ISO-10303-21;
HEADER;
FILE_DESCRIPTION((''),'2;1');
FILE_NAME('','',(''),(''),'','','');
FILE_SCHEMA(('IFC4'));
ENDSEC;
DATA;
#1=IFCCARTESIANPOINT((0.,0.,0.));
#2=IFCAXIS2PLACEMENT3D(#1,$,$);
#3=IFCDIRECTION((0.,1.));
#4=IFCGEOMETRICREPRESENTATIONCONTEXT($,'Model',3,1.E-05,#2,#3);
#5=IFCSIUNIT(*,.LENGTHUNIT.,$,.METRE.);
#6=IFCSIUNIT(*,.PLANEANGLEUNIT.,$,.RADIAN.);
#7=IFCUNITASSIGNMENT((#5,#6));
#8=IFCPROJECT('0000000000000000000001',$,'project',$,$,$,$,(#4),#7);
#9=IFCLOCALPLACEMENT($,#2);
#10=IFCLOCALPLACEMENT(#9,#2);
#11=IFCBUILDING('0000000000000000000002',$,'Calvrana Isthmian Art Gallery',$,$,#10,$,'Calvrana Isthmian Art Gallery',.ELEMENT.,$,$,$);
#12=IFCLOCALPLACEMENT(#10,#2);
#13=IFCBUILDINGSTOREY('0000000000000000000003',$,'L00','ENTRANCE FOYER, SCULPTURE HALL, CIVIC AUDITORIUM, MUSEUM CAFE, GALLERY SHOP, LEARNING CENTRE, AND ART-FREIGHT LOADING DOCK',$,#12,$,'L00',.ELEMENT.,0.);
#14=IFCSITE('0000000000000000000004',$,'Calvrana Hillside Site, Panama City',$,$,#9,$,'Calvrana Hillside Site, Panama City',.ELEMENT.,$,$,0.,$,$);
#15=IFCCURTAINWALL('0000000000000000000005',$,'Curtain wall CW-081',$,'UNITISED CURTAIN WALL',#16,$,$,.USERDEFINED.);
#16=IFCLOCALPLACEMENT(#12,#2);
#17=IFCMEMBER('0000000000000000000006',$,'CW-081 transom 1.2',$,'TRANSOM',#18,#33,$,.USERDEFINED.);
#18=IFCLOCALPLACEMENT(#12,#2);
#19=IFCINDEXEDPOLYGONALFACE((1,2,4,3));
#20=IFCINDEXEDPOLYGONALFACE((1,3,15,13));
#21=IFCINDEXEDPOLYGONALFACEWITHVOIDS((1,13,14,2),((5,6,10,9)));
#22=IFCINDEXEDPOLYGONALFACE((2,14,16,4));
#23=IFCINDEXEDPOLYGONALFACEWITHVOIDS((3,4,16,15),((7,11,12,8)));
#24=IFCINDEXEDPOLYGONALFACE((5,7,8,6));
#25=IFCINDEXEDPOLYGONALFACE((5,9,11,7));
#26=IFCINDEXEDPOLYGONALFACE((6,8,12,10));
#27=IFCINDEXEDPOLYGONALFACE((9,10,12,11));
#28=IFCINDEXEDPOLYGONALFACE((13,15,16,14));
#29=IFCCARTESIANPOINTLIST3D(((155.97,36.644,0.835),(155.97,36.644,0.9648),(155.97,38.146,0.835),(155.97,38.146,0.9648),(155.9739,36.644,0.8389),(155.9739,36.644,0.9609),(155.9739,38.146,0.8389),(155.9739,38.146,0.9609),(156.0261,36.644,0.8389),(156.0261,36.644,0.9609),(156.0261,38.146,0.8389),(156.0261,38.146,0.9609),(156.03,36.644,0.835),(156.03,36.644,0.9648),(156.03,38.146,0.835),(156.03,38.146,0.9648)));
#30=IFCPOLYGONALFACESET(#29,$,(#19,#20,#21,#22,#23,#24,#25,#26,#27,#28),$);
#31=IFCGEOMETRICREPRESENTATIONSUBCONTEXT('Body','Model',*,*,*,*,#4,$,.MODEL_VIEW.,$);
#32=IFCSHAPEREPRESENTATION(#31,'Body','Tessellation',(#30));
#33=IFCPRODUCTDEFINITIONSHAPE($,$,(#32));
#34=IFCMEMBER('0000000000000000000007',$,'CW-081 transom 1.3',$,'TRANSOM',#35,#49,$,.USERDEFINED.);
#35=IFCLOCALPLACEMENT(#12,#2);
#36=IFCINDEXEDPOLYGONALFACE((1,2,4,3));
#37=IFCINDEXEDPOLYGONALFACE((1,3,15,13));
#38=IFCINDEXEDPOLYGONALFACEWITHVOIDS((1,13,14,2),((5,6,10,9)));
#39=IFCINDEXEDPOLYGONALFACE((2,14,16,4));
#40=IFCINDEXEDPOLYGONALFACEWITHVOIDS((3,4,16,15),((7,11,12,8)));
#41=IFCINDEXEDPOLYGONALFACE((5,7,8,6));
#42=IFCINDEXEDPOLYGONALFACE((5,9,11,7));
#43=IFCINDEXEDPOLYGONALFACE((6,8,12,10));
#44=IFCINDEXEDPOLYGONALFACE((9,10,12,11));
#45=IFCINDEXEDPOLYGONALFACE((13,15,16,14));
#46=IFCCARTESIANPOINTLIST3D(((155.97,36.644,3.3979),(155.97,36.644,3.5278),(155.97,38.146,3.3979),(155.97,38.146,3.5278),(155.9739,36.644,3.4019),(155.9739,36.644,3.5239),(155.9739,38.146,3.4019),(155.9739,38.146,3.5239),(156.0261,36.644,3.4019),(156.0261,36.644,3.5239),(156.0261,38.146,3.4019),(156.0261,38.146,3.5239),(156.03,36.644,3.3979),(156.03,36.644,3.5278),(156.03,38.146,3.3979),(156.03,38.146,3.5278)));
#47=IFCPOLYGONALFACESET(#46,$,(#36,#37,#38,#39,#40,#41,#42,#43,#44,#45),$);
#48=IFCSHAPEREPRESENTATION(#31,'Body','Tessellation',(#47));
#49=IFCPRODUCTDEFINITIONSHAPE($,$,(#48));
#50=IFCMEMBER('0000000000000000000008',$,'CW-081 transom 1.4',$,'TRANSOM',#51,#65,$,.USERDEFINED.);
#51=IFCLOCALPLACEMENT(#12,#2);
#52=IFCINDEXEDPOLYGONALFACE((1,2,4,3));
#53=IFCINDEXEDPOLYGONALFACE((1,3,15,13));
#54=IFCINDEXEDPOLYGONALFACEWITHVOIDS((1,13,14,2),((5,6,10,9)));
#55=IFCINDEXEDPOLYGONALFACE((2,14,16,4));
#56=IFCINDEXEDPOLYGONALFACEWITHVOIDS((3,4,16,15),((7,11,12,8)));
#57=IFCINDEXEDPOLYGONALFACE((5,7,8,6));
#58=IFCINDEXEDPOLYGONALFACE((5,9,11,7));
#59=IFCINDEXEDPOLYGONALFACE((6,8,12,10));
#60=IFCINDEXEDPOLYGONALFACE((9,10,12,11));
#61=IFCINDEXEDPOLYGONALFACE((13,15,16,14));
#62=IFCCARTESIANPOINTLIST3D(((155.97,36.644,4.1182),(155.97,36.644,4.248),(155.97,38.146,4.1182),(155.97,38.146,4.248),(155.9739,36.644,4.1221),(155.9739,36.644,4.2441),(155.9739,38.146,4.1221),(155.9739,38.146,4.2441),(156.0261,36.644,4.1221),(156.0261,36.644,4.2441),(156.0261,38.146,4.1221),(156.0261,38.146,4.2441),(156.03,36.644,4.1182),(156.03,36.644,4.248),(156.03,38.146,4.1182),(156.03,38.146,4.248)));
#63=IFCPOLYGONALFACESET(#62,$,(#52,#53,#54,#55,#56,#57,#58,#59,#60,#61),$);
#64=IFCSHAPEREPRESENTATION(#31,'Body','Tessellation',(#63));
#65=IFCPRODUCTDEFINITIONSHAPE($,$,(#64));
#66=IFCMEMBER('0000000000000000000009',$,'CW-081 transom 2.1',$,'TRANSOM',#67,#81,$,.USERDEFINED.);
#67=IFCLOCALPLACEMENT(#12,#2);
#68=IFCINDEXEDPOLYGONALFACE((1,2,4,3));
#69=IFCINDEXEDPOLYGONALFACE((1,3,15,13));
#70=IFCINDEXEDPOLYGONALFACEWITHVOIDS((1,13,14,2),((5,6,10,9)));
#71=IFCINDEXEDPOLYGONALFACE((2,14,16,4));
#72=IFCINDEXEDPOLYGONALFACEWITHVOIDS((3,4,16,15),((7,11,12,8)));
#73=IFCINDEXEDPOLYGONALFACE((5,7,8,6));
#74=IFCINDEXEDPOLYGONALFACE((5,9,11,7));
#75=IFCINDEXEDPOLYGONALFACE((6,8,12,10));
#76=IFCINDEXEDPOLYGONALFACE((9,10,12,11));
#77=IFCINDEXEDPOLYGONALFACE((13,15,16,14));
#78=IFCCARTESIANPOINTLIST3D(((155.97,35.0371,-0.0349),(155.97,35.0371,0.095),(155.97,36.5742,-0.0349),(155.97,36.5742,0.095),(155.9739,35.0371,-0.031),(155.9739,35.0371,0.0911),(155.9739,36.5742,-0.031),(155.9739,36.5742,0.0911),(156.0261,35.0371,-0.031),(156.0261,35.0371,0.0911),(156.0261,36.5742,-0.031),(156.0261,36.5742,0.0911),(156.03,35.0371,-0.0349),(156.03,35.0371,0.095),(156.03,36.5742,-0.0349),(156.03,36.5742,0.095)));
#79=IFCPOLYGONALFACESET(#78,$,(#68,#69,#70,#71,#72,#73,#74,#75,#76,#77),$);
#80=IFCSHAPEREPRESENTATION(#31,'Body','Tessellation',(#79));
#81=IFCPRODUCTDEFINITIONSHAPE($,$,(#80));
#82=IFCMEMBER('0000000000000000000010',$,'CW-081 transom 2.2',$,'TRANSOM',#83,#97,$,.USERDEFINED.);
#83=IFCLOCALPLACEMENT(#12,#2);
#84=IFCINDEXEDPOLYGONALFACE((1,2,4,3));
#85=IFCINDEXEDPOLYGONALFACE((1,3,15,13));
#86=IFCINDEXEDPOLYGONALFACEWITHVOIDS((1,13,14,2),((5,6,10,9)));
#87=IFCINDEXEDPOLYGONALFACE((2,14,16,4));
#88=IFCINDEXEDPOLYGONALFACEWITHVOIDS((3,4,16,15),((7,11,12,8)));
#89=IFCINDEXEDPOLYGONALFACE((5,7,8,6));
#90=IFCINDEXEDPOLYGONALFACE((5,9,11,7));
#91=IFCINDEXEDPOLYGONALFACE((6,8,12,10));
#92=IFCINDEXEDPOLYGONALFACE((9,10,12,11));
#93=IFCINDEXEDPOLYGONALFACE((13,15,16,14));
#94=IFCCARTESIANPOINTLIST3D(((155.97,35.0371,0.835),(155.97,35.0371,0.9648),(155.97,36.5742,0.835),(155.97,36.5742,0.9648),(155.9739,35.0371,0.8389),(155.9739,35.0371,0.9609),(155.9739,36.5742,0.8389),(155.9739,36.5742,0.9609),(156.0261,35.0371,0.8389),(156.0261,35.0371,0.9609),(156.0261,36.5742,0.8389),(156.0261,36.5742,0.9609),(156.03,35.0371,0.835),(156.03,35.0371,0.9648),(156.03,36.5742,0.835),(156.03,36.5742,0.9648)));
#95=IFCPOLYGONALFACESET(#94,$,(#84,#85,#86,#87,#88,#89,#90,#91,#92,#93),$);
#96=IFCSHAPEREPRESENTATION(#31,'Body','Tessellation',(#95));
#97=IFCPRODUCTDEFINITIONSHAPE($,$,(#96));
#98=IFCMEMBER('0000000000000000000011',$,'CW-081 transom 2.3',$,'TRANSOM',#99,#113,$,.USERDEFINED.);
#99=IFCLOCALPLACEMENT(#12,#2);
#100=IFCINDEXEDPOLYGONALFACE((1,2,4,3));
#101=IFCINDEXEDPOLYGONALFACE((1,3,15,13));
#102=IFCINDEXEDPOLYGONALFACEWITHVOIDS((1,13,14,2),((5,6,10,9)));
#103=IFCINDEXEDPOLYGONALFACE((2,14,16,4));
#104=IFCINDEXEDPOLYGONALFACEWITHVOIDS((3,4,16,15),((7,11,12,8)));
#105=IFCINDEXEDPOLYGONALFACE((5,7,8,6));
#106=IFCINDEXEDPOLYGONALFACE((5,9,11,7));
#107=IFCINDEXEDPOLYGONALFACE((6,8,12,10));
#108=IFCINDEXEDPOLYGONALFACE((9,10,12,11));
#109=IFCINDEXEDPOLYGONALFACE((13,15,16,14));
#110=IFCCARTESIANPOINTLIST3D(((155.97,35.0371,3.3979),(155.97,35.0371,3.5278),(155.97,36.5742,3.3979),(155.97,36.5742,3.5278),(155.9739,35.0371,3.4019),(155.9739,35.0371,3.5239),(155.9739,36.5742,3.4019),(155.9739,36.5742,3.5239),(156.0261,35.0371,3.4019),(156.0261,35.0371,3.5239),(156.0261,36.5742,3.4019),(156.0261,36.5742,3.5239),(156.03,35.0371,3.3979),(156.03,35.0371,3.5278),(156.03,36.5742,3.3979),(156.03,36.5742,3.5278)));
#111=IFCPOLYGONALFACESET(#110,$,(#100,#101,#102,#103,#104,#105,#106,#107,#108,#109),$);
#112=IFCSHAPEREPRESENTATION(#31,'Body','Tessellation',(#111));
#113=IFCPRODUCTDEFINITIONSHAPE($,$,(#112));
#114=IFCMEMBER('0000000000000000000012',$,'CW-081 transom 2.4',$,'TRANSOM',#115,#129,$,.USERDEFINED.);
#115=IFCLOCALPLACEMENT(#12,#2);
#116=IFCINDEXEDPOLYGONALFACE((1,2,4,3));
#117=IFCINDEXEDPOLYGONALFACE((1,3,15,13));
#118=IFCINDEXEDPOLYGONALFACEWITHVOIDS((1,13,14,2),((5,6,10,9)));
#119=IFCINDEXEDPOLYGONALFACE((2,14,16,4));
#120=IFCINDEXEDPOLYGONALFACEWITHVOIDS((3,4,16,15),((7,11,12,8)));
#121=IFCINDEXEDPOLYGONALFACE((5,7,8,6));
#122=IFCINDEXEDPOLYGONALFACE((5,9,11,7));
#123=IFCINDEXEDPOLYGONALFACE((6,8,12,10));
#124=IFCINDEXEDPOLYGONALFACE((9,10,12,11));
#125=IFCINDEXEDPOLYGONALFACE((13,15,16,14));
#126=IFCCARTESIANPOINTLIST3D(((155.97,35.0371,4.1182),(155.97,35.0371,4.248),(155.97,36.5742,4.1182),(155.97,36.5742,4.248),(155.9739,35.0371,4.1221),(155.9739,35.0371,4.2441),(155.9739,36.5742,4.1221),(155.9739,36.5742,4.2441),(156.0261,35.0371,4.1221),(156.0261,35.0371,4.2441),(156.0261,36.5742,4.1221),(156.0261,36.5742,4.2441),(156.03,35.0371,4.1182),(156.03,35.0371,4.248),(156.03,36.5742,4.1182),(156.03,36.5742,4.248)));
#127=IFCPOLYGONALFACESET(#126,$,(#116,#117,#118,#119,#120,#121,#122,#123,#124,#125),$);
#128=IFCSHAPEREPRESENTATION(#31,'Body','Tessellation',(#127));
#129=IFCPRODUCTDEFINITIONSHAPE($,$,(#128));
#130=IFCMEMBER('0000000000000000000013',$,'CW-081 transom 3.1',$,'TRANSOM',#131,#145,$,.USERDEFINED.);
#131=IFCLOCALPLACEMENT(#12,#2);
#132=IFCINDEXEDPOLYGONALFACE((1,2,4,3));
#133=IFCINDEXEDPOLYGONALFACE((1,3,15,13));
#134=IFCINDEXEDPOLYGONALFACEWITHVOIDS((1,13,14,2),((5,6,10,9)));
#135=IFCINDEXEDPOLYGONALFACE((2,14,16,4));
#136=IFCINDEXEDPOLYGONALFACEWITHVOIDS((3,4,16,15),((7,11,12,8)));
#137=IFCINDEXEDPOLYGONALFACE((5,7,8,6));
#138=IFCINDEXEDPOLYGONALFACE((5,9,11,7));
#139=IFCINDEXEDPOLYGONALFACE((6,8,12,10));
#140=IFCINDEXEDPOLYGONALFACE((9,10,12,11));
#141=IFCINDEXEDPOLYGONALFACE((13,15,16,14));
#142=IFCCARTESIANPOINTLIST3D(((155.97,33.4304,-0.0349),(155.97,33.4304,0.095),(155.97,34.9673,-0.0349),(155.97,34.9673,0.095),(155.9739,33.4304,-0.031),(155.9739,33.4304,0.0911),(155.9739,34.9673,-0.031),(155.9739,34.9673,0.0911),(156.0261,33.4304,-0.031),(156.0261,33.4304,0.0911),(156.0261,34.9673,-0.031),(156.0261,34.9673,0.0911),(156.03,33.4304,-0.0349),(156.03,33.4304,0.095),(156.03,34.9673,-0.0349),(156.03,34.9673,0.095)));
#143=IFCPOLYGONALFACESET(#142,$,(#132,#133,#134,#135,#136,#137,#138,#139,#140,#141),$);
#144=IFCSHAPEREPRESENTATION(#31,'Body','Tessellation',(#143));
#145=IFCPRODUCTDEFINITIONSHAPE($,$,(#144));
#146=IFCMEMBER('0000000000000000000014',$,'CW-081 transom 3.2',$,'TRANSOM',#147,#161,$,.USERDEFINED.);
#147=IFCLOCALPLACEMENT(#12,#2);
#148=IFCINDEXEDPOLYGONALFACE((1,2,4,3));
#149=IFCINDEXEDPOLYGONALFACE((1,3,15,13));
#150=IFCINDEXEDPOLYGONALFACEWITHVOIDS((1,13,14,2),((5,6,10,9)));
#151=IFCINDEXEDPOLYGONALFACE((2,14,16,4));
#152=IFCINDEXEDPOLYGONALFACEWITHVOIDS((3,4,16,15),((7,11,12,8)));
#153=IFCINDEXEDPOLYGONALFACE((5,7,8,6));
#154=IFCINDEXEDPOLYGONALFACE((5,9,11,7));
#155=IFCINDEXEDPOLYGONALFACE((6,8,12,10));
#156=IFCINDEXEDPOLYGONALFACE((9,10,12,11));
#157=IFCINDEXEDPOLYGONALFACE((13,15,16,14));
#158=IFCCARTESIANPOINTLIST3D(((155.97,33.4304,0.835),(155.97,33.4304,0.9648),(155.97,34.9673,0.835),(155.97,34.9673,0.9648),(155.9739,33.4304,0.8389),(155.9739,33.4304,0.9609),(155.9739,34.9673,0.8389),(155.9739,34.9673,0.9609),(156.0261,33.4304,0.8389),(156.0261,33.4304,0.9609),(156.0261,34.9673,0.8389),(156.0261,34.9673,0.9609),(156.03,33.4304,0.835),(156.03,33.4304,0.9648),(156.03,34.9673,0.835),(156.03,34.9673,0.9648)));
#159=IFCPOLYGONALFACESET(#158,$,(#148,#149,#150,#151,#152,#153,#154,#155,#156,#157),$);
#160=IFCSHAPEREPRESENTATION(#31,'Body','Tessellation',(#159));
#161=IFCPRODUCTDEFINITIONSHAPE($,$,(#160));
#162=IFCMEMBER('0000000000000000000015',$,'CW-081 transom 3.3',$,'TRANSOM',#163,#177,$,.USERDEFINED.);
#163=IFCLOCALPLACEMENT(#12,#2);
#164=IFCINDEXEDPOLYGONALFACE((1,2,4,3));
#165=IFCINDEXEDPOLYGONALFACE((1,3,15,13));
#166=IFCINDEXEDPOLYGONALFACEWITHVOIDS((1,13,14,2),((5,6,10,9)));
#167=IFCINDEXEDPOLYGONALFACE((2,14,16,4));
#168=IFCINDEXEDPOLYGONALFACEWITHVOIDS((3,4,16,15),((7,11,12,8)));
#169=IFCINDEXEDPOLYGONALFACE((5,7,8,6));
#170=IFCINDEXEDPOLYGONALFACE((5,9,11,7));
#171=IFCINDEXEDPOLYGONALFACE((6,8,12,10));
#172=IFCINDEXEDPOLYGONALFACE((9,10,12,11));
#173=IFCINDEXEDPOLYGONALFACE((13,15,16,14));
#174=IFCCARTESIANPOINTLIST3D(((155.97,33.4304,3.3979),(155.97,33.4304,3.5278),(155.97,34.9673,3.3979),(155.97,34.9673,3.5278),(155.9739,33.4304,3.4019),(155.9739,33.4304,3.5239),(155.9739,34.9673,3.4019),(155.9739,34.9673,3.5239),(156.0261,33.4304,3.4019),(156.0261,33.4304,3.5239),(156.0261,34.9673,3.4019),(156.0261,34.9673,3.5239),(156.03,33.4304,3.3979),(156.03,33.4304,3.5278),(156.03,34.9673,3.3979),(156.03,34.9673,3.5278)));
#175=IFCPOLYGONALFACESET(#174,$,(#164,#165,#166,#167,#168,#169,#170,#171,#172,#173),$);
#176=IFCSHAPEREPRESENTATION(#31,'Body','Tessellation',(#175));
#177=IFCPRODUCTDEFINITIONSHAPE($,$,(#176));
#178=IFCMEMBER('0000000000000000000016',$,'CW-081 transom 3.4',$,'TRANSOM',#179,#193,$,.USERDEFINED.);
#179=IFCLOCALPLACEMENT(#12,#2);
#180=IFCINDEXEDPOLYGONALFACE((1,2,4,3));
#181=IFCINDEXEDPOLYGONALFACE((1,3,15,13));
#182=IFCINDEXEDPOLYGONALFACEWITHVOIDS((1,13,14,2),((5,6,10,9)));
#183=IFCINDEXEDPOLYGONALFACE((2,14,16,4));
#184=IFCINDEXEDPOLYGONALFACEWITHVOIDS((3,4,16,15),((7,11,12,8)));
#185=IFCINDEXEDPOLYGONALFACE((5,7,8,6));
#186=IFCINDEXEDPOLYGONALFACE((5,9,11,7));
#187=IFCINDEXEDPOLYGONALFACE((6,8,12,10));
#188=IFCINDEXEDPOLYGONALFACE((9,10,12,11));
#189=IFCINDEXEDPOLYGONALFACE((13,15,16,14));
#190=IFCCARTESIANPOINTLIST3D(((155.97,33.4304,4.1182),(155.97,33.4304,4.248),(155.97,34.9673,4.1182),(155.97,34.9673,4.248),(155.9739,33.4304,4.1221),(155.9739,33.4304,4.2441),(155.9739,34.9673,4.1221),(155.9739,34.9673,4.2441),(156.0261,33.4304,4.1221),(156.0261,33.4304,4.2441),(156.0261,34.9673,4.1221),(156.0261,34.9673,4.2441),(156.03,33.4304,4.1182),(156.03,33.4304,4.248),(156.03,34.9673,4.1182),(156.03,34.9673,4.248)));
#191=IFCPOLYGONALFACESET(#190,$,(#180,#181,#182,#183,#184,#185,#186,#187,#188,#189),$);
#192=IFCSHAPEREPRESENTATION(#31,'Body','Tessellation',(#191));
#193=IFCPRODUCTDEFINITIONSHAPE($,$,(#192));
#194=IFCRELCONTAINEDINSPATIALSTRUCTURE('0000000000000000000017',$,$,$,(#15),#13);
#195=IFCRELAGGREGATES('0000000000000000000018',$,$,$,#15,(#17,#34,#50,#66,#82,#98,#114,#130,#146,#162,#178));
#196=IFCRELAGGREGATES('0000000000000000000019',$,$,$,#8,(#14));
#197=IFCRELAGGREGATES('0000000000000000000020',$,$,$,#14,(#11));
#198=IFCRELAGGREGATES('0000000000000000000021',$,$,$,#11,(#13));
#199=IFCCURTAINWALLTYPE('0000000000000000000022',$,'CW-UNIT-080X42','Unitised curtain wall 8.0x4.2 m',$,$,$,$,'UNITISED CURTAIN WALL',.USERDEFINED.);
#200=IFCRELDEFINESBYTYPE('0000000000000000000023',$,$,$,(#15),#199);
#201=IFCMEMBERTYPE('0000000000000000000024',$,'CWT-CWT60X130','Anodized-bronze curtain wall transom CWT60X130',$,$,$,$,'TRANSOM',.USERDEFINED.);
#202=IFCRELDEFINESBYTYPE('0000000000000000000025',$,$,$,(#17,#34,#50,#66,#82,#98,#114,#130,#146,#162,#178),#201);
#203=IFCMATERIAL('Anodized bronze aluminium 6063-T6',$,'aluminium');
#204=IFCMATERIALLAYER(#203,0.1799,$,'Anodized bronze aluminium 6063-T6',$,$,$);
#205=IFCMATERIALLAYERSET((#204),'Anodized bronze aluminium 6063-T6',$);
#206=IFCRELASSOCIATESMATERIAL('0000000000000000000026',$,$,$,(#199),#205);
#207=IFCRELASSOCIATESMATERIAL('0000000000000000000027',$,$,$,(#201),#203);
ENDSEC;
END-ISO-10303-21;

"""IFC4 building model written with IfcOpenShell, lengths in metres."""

from ifc_helpers import new_model, si_unit, direction, frame, origin, origin_2d, place, context, subcontext, project, spatial, hollow_rectangle, extrude, material, layer, layer_set, material_profile, profile_set, type_object, element, aggregate, save


model = new_model("IFC4")

# Units and contexts
model_context = context("Model", 3, precision=1e-05, world=origin(), true_north=direction((0.0, 1.0)))
body_context = subcontext(model_context, "Body", "Model", "MODEL_VIEW")
ifc_project = project(units=[si_unit("LENGTHUNIT", "METRE"), si_unit("PLANEANGLEUNIT", "RADIAN")], contexts=[model_context])

# Site, building, storey
site_placement = place(None, origin())
site = spatial("IfcSite", under=ifc_project, at=site_placement, Name="Calvrana Hillside Site, Panama City", LongName="Calvrana Hillside Site, Panama City", CompositionType="ELEMENT", RefElevation=0.0)
building_placement = place(site_placement, origin())
building = spatial("IfcBuilding", under=site, at=building_placement, Name="Calvrana Isthmian Art Gallery", LongName="Calvrana Isthmian Art Gallery", CompositionType="ELEMENT")
storey_placement = place(building_placement, origin())
storey = spatial("IfcBuildingStorey", under=building, at=storey_placement, Name="L00", Description="ENTRANCE FOYER, SCULPTURE HALL, CIVIC AUDITORIUM, MUSEUM CAFE, GALLERY SHOP, LEARNING CENTRE, AND ART-FREIGHT LOADING DOCK", LongName="L00", CompositionType="ELEMENT", Elevation=0.0)

# Curtain wall, members
ifc_material_1 = material(Name="Anodized bronze aluminium 6063-T6", Category="aluminium")
ifc_layer_1 = layer(ifc_material_1, 0.1799, Name="Anodized bronze aluminium 6063-T6")
ifc_layer_set_1 = layer_set([ifc_layer_1], Name="Anodized bronze aluminium 6063-T6")
curtain_wall_type = type_object("IfcCurtainWallType", Name="CW-UNIT-080X42", Description="Unitised curtain wall 8.0x4.2 m", ElementType="UNITISED CURTAIN WALL", PredefinedType="USERDEFINED", material=ifc_layer_set_1)
curtain_wall_placement = place(storey_placement, origin())
curtain_wall = element("IfcCurtainWall", 1, at=curtain_wall_placement, inside=storey, type_object=curtain_wall_type, Name="Curtain wall CW-081", ObjectType="UNITISED CURTAIN WALL", PredefinedType="USERDEFINED")
ifc_material_profile_1 = material_profile(ifc_material_1, hollow_rectangle(XDim=0.0601, YDim=0.1299, WallThickness=0.0039, at=origin_2d()), Name="CWT60X130")
ifc_profile_set_1 = profile_set([ifc_material_profile_1], Name="Anodized bronze aluminium 6063-T6")
member_type_1 = type_object("IfcMemberType", Name="CWT-CWT60X130", Description="Anodized-bronze curtain wall transom CWT60X130", ElementType="TRANSOM", PredefinedType="USERDEFINED", material=ifc_profile_set_1)
member_1_placement = place(storey_placement, frame((156.0, 38.146, 0.8999), z_axis=(0.0, -1.0, 0.0), x_axis=(1.0, 0.0, 0.0)))
member_1 = element("IfcMember", 2, at=member_1_placement, type_object=member_type_1, Name="CW-081 transom 1.2", ObjectType="TRANSOM", PredefinedType="USERDEFINED", context=body_context, shape_type="SweptSolid", body=[
    extrude(hollow_rectangle(XDim=0.0601, YDim=0.1299, WallThickness=0.0039, at=origin_2d()), origin(), (0.0, 0.0, 1.0), 1.502),
])
member_2_placement = place(storey_placement, frame((156.0, 38.146, 3.4629), z_axis=(0.0, -1.0, 0.0), x_axis=(1.0, 0.0, 0.0)))
member_2 = element("IfcMember", 3, at=member_2_placement, type_object=member_type_1, Name="CW-081 transom 1.3", ObjectType="TRANSOM", PredefinedType="USERDEFINED", context=body_context, shape_type="SweptSolid", body=[
    extrude(hollow_rectangle(XDim=0.0601, YDim=0.1299, WallThickness=0.0039, at=origin_2d()), origin(), (0.0, 0.0, 1.0), 1.502),
])
member_3_placement = place(storey_placement, frame((156.0, 38.146, 4.1831), z_axis=(0.0, -1.0, 0.0), x_axis=(1.0, 0.0, 0.0)))
member_3 = element("IfcMember", 4, at=member_3_placement, type_object=member_type_1, Name="CW-081 transom 1.4", ObjectType="TRANSOM", PredefinedType="USERDEFINED", context=body_context, shape_type="SweptSolid", body=[
    extrude(hollow_rectangle(XDim=0.0601, YDim=0.1299, WallThickness=0.0039, at=origin_2d()), origin(), (0.0, 0.0, 1.0), 1.502),
])
member_4_placement = place(storey_placement, frame((156.0, 36.5742, 0.03), z_axis=(0.0, -1.0, 0.0), x_axis=(1.0, 0.0, 0.0)))
member_4 = element("IfcMember", 5, at=member_4_placement, type_object=member_type_1, Name="CW-081 transom 2.1", ObjectType="TRANSOM", PredefinedType="USERDEFINED", context=body_context, shape_type="SweptSolid", body=[
    extrude(hollow_rectangle(XDim=0.0601, YDim=0.1299, WallThickness=0.0039, at=origin_2d()), origin(), (0.0, 0.0, 1.0), 1.5371),
])
member_5_placement = place(storey_placement, frame((156.0, 36.5742, 0.8999), z_axis=(0.0, -1.0, 0.0), x_axis=(1.0, 0.0, 0.0)))
member_5 = element("IfcMember", 6, at=member_5_placement, type_object=member_type_1, Name="CW-081 transom 2.2", ObjectType="TRANSOM", PredefinedType="USERDEFINED", context=body_context, shape_type="SweptSolid", body=[
    extrude(hollow_rectangle(XDim=0.0601, YDim=0.1299, WallThickness=0.0039, at=origin_2d()), origin(), (0.0, 0.0, 1.0), 1.5371),
])
member_6_placement = place(storey_placement, frame((156.0, 36.5742, 3.4629), z_axis=(0.0, -1.0, 0.0), x_axis=(1.0, 0.0, 0.0)))
member_6 = element("IfcMember", 7, at=member_6_placement, type_object=member_type_1, Name="CW-081 transom 2.3", ObjectType="TRANSOM", PredefinedType="USERDEFINED", context=body_context, shape_type="SweptSolid", body=[
    extrude(hollow_rectangle(XDim=0.0601, YDim=0.1299, WallThickness=0.0039, at=origin_2d()), origin(), (0.0, 0.0, 1.0), 1.5371),
])
member_7_placement = place(storey_placement, frame((156.0, 36.5742, 4.1831), z_axis=(0.0, -1.0, 0.0), x_axis=(1.0, 0.0, 0.0)))
member_7 = element("IfcMember", 8, at=member_7_placement, type_object=member_type_1, Name="CW-081 transom 2.4", ObjectType="TRANSOM", PredefinedType="USERDEFINED", context=body_context, shape_type="SweptSolid", body=[
    extrude(hollow_rectangle(XDim=0.0601, YDim=0.1299, WallThickness=0.0039, at=origin_2d()), origin(), (0.0, 0.0, 1.0), 1.5371),
])
member_8_placement = place(storey_placement, frame((156.0, 34.9673, 0.03), z_axis=(0.0, -1.0, 0.0), x_axis=(1.0, 0.0, 0.0)))
member_8 = element("IfcMember", 9, at=member_8_placement, type_object=member_type_1, Name="CW-081 transom 3.1", ObjectType="TRANSOM", PredefinedType="USERDEFINED", context=body_context, shape_type="SweptSolid", body=[
    extrude(hollow_rectangle(XDim=0.0601, YDim=0.1299, WallThickness=0.0039, at=origin_2d()), origin(), (0.0, 0.0, 1.0), 1.5369),
])
member_9_placement = place(storey_placement, frame((156.0, 34.9673, 0.8999), z_axis=(0.0, -1.0, 0.0), x_axis=(1.0, 0.0, 0.0)))
member_9 = element("IfcMember", 10, at=member_9_placement, type_object=member_type_1, Name="CW-081 transom 3.2", ObjectType="TRANSOM", PredefinedType="USERDEFINED", context=body_context, shape_type="SweptSolid", body=[
    extrude(hollow_rectangle(XDim=0.0601, YDim=0.1299, WallThickness=0.0039, at=origin_2d()), origin(), (0.0, 0.0, 1.0), 1.5369),
])
member_10_placement = place(storey_placement, frame((156.0, 34.9673, 3.4629), z_axis=(0.0, -1.0, 0.0), x_axis=(1.0, 0.0, 0.0)))
member_10 = element("IfcMember", 11, at=member_10_placement, type_object=member_type_1, Name="CW-081 transom 3.3", ObjectType="TRANSOM", PredefinedType="USERDEFINED", context=body_context, shape_type="SweptSolid", body=[
    extrude(hollow_rectangle(XDim=0.0601, YDim=0.1299, WallThickness=0.0039, at=origin_2d()), origin(), (0.0, 0.0, 1.0), 1.5369),
])
member_11_placement = place(storey_placement, frame((156.0, 34.9673, 4.1831), z_axis=(0.0, -1.0, 0.0), x_axis=(1.0, 0.0, 0.0)))
member_11 = element("IfcMember", 12, at=member_11_placement, type_object=member_type_1, Name="CW-081 transom 3.4", ObjectType="TRANSOM", PredefinedType="USERDEFINED", context=body_context, shape_type="SweptSolid", body=[
    extrude(hollow_rectangle(XDim=0.0601, YDim=0.1299, WallThickness=0.0039, at=origin_2d()), origin(), (0.0, 0.0, 1.0), 1.5369),
])
aggregate(curtain_wall, [member_1, member_2, member_3, member_4, member_5, member_6, member_7, member_8, member_9, member_10, member_11])

save(model, "model.ifc")
